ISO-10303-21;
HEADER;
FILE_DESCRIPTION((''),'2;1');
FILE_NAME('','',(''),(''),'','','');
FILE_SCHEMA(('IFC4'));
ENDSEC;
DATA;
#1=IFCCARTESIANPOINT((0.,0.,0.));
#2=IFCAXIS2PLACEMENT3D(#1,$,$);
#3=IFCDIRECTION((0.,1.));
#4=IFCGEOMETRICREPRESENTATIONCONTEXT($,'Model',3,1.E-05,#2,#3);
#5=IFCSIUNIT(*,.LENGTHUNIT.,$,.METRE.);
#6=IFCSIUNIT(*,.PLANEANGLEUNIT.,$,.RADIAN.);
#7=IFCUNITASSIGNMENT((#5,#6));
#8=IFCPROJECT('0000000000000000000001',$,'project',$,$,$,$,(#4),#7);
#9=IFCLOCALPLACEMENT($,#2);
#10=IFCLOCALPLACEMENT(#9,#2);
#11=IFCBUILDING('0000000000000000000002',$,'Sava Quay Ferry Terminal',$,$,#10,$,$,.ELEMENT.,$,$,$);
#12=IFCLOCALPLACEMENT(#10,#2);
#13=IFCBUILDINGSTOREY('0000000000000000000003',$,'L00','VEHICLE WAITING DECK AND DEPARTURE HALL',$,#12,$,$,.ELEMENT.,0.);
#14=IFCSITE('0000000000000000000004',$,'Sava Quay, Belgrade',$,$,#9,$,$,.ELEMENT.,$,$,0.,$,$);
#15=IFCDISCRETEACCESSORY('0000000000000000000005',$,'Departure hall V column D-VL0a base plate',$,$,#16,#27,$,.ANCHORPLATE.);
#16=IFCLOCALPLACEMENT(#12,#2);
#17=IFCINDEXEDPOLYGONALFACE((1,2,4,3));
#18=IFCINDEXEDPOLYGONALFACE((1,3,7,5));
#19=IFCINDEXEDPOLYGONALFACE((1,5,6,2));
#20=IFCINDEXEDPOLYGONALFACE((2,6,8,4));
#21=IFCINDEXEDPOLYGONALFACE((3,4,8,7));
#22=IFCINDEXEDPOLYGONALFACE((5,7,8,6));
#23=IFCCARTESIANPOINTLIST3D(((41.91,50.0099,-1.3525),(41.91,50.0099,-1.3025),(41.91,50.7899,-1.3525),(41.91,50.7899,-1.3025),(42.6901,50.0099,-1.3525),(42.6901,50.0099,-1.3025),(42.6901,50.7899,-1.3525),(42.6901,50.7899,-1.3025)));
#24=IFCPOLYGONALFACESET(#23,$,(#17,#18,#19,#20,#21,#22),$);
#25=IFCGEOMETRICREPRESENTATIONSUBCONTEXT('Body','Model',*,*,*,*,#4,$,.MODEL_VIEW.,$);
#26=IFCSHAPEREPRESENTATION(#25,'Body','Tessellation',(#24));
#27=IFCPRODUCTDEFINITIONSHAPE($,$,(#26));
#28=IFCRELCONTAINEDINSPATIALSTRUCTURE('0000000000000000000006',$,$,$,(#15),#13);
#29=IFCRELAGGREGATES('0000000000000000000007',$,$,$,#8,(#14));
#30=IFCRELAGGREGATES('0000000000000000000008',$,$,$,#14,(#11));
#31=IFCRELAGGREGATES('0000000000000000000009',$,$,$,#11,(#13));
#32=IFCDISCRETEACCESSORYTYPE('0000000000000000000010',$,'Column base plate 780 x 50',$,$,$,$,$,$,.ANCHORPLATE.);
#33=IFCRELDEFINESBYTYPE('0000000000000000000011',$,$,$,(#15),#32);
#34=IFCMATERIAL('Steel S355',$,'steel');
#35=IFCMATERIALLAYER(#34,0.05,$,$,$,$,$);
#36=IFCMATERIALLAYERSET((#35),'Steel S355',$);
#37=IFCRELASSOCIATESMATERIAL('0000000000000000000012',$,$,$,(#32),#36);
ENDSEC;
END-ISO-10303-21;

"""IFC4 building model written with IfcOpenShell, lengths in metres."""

from ifc_helpers import new_model, si_unit, direction, frame, origin, origin_2d, place, context, subcontext, project, spatial, rectangle, extrude, material, layer, layer_set, type_object, element, save


model = new_model("IFC4")

# Units and contexts
model_context = context("Model", 3, precision=1e-05, world=origin(), true_north=direction((0.0, 1.0)))
body_context = subcontext(model_context, "Body", "Model", "MODEL_VIEW")
ifc_project = project(units=[si_unit("LENGTHUNIT", "METRE"), si_unit("PLANEANGLEUNIT", "RADIAN")], contexts=[model_context])

# Site, building, storey
site_placement = place(None, origin())
site = spatial("IfcSite", under=ifc_project, at=site_placement, Name="Sava Quay, Belgrade", CompositionType="ELEMENT", RefElevation=0.0)
building_placement = place(site_placement, origin())
building = spatial("IfcBuilding", under=site, at=building_placement, Name="Sava Quay Ferry Terminal", CompositionType="ELEMENT")
storey_placement = place(building_placement, origin())
storey = spatial("IfcBuildingStorey", under=building, at=storey_placement, Name="L00", Description="VEHICLE WAITING DECK AND DEPARTURE HALL", CompositionType="ELEMENT", Elevation=0.0)

# Discrete accessory
ifc_material_1 = material(Name="Steel S355", Category="steel")
ifc_layer_1 = layer(ifc_material_1, 0.05)
ifc_layer_set_1 = layer_set([ifc_layer_1], Name="Steel S355")
discrete_accessory_type = type_object("IfcDiscreteAccessoryType", Name="Column base plate 780 x 50", PredefinedType="ANCHORPLATE", material=ifc_layer_set_1)
discrete_accessory_placement = place(storey_placement, frame((42.3, 50.3999, -1.3525), z_axis=(0.0, 0.0, 1.0), x_axis=(1.0, 0.0, 0.0)))
element("IfcDiscreteAccessory", 1, at=discrete_accessory_placement, inside=storey, type_object=discrete_accessory_type, Name="Departure hall V column D-VL0a base plate", PredefinedType="ANCHORPLATE", context=body_context, shape_type="SweptSolid", body=[
    extrude(rectangle(XDim=0.78, YDim=0.78, at=origin_2d()), origin(), (0.0, 0.0, 1.0), 0.05),
])

save(model, "model.ifc")
